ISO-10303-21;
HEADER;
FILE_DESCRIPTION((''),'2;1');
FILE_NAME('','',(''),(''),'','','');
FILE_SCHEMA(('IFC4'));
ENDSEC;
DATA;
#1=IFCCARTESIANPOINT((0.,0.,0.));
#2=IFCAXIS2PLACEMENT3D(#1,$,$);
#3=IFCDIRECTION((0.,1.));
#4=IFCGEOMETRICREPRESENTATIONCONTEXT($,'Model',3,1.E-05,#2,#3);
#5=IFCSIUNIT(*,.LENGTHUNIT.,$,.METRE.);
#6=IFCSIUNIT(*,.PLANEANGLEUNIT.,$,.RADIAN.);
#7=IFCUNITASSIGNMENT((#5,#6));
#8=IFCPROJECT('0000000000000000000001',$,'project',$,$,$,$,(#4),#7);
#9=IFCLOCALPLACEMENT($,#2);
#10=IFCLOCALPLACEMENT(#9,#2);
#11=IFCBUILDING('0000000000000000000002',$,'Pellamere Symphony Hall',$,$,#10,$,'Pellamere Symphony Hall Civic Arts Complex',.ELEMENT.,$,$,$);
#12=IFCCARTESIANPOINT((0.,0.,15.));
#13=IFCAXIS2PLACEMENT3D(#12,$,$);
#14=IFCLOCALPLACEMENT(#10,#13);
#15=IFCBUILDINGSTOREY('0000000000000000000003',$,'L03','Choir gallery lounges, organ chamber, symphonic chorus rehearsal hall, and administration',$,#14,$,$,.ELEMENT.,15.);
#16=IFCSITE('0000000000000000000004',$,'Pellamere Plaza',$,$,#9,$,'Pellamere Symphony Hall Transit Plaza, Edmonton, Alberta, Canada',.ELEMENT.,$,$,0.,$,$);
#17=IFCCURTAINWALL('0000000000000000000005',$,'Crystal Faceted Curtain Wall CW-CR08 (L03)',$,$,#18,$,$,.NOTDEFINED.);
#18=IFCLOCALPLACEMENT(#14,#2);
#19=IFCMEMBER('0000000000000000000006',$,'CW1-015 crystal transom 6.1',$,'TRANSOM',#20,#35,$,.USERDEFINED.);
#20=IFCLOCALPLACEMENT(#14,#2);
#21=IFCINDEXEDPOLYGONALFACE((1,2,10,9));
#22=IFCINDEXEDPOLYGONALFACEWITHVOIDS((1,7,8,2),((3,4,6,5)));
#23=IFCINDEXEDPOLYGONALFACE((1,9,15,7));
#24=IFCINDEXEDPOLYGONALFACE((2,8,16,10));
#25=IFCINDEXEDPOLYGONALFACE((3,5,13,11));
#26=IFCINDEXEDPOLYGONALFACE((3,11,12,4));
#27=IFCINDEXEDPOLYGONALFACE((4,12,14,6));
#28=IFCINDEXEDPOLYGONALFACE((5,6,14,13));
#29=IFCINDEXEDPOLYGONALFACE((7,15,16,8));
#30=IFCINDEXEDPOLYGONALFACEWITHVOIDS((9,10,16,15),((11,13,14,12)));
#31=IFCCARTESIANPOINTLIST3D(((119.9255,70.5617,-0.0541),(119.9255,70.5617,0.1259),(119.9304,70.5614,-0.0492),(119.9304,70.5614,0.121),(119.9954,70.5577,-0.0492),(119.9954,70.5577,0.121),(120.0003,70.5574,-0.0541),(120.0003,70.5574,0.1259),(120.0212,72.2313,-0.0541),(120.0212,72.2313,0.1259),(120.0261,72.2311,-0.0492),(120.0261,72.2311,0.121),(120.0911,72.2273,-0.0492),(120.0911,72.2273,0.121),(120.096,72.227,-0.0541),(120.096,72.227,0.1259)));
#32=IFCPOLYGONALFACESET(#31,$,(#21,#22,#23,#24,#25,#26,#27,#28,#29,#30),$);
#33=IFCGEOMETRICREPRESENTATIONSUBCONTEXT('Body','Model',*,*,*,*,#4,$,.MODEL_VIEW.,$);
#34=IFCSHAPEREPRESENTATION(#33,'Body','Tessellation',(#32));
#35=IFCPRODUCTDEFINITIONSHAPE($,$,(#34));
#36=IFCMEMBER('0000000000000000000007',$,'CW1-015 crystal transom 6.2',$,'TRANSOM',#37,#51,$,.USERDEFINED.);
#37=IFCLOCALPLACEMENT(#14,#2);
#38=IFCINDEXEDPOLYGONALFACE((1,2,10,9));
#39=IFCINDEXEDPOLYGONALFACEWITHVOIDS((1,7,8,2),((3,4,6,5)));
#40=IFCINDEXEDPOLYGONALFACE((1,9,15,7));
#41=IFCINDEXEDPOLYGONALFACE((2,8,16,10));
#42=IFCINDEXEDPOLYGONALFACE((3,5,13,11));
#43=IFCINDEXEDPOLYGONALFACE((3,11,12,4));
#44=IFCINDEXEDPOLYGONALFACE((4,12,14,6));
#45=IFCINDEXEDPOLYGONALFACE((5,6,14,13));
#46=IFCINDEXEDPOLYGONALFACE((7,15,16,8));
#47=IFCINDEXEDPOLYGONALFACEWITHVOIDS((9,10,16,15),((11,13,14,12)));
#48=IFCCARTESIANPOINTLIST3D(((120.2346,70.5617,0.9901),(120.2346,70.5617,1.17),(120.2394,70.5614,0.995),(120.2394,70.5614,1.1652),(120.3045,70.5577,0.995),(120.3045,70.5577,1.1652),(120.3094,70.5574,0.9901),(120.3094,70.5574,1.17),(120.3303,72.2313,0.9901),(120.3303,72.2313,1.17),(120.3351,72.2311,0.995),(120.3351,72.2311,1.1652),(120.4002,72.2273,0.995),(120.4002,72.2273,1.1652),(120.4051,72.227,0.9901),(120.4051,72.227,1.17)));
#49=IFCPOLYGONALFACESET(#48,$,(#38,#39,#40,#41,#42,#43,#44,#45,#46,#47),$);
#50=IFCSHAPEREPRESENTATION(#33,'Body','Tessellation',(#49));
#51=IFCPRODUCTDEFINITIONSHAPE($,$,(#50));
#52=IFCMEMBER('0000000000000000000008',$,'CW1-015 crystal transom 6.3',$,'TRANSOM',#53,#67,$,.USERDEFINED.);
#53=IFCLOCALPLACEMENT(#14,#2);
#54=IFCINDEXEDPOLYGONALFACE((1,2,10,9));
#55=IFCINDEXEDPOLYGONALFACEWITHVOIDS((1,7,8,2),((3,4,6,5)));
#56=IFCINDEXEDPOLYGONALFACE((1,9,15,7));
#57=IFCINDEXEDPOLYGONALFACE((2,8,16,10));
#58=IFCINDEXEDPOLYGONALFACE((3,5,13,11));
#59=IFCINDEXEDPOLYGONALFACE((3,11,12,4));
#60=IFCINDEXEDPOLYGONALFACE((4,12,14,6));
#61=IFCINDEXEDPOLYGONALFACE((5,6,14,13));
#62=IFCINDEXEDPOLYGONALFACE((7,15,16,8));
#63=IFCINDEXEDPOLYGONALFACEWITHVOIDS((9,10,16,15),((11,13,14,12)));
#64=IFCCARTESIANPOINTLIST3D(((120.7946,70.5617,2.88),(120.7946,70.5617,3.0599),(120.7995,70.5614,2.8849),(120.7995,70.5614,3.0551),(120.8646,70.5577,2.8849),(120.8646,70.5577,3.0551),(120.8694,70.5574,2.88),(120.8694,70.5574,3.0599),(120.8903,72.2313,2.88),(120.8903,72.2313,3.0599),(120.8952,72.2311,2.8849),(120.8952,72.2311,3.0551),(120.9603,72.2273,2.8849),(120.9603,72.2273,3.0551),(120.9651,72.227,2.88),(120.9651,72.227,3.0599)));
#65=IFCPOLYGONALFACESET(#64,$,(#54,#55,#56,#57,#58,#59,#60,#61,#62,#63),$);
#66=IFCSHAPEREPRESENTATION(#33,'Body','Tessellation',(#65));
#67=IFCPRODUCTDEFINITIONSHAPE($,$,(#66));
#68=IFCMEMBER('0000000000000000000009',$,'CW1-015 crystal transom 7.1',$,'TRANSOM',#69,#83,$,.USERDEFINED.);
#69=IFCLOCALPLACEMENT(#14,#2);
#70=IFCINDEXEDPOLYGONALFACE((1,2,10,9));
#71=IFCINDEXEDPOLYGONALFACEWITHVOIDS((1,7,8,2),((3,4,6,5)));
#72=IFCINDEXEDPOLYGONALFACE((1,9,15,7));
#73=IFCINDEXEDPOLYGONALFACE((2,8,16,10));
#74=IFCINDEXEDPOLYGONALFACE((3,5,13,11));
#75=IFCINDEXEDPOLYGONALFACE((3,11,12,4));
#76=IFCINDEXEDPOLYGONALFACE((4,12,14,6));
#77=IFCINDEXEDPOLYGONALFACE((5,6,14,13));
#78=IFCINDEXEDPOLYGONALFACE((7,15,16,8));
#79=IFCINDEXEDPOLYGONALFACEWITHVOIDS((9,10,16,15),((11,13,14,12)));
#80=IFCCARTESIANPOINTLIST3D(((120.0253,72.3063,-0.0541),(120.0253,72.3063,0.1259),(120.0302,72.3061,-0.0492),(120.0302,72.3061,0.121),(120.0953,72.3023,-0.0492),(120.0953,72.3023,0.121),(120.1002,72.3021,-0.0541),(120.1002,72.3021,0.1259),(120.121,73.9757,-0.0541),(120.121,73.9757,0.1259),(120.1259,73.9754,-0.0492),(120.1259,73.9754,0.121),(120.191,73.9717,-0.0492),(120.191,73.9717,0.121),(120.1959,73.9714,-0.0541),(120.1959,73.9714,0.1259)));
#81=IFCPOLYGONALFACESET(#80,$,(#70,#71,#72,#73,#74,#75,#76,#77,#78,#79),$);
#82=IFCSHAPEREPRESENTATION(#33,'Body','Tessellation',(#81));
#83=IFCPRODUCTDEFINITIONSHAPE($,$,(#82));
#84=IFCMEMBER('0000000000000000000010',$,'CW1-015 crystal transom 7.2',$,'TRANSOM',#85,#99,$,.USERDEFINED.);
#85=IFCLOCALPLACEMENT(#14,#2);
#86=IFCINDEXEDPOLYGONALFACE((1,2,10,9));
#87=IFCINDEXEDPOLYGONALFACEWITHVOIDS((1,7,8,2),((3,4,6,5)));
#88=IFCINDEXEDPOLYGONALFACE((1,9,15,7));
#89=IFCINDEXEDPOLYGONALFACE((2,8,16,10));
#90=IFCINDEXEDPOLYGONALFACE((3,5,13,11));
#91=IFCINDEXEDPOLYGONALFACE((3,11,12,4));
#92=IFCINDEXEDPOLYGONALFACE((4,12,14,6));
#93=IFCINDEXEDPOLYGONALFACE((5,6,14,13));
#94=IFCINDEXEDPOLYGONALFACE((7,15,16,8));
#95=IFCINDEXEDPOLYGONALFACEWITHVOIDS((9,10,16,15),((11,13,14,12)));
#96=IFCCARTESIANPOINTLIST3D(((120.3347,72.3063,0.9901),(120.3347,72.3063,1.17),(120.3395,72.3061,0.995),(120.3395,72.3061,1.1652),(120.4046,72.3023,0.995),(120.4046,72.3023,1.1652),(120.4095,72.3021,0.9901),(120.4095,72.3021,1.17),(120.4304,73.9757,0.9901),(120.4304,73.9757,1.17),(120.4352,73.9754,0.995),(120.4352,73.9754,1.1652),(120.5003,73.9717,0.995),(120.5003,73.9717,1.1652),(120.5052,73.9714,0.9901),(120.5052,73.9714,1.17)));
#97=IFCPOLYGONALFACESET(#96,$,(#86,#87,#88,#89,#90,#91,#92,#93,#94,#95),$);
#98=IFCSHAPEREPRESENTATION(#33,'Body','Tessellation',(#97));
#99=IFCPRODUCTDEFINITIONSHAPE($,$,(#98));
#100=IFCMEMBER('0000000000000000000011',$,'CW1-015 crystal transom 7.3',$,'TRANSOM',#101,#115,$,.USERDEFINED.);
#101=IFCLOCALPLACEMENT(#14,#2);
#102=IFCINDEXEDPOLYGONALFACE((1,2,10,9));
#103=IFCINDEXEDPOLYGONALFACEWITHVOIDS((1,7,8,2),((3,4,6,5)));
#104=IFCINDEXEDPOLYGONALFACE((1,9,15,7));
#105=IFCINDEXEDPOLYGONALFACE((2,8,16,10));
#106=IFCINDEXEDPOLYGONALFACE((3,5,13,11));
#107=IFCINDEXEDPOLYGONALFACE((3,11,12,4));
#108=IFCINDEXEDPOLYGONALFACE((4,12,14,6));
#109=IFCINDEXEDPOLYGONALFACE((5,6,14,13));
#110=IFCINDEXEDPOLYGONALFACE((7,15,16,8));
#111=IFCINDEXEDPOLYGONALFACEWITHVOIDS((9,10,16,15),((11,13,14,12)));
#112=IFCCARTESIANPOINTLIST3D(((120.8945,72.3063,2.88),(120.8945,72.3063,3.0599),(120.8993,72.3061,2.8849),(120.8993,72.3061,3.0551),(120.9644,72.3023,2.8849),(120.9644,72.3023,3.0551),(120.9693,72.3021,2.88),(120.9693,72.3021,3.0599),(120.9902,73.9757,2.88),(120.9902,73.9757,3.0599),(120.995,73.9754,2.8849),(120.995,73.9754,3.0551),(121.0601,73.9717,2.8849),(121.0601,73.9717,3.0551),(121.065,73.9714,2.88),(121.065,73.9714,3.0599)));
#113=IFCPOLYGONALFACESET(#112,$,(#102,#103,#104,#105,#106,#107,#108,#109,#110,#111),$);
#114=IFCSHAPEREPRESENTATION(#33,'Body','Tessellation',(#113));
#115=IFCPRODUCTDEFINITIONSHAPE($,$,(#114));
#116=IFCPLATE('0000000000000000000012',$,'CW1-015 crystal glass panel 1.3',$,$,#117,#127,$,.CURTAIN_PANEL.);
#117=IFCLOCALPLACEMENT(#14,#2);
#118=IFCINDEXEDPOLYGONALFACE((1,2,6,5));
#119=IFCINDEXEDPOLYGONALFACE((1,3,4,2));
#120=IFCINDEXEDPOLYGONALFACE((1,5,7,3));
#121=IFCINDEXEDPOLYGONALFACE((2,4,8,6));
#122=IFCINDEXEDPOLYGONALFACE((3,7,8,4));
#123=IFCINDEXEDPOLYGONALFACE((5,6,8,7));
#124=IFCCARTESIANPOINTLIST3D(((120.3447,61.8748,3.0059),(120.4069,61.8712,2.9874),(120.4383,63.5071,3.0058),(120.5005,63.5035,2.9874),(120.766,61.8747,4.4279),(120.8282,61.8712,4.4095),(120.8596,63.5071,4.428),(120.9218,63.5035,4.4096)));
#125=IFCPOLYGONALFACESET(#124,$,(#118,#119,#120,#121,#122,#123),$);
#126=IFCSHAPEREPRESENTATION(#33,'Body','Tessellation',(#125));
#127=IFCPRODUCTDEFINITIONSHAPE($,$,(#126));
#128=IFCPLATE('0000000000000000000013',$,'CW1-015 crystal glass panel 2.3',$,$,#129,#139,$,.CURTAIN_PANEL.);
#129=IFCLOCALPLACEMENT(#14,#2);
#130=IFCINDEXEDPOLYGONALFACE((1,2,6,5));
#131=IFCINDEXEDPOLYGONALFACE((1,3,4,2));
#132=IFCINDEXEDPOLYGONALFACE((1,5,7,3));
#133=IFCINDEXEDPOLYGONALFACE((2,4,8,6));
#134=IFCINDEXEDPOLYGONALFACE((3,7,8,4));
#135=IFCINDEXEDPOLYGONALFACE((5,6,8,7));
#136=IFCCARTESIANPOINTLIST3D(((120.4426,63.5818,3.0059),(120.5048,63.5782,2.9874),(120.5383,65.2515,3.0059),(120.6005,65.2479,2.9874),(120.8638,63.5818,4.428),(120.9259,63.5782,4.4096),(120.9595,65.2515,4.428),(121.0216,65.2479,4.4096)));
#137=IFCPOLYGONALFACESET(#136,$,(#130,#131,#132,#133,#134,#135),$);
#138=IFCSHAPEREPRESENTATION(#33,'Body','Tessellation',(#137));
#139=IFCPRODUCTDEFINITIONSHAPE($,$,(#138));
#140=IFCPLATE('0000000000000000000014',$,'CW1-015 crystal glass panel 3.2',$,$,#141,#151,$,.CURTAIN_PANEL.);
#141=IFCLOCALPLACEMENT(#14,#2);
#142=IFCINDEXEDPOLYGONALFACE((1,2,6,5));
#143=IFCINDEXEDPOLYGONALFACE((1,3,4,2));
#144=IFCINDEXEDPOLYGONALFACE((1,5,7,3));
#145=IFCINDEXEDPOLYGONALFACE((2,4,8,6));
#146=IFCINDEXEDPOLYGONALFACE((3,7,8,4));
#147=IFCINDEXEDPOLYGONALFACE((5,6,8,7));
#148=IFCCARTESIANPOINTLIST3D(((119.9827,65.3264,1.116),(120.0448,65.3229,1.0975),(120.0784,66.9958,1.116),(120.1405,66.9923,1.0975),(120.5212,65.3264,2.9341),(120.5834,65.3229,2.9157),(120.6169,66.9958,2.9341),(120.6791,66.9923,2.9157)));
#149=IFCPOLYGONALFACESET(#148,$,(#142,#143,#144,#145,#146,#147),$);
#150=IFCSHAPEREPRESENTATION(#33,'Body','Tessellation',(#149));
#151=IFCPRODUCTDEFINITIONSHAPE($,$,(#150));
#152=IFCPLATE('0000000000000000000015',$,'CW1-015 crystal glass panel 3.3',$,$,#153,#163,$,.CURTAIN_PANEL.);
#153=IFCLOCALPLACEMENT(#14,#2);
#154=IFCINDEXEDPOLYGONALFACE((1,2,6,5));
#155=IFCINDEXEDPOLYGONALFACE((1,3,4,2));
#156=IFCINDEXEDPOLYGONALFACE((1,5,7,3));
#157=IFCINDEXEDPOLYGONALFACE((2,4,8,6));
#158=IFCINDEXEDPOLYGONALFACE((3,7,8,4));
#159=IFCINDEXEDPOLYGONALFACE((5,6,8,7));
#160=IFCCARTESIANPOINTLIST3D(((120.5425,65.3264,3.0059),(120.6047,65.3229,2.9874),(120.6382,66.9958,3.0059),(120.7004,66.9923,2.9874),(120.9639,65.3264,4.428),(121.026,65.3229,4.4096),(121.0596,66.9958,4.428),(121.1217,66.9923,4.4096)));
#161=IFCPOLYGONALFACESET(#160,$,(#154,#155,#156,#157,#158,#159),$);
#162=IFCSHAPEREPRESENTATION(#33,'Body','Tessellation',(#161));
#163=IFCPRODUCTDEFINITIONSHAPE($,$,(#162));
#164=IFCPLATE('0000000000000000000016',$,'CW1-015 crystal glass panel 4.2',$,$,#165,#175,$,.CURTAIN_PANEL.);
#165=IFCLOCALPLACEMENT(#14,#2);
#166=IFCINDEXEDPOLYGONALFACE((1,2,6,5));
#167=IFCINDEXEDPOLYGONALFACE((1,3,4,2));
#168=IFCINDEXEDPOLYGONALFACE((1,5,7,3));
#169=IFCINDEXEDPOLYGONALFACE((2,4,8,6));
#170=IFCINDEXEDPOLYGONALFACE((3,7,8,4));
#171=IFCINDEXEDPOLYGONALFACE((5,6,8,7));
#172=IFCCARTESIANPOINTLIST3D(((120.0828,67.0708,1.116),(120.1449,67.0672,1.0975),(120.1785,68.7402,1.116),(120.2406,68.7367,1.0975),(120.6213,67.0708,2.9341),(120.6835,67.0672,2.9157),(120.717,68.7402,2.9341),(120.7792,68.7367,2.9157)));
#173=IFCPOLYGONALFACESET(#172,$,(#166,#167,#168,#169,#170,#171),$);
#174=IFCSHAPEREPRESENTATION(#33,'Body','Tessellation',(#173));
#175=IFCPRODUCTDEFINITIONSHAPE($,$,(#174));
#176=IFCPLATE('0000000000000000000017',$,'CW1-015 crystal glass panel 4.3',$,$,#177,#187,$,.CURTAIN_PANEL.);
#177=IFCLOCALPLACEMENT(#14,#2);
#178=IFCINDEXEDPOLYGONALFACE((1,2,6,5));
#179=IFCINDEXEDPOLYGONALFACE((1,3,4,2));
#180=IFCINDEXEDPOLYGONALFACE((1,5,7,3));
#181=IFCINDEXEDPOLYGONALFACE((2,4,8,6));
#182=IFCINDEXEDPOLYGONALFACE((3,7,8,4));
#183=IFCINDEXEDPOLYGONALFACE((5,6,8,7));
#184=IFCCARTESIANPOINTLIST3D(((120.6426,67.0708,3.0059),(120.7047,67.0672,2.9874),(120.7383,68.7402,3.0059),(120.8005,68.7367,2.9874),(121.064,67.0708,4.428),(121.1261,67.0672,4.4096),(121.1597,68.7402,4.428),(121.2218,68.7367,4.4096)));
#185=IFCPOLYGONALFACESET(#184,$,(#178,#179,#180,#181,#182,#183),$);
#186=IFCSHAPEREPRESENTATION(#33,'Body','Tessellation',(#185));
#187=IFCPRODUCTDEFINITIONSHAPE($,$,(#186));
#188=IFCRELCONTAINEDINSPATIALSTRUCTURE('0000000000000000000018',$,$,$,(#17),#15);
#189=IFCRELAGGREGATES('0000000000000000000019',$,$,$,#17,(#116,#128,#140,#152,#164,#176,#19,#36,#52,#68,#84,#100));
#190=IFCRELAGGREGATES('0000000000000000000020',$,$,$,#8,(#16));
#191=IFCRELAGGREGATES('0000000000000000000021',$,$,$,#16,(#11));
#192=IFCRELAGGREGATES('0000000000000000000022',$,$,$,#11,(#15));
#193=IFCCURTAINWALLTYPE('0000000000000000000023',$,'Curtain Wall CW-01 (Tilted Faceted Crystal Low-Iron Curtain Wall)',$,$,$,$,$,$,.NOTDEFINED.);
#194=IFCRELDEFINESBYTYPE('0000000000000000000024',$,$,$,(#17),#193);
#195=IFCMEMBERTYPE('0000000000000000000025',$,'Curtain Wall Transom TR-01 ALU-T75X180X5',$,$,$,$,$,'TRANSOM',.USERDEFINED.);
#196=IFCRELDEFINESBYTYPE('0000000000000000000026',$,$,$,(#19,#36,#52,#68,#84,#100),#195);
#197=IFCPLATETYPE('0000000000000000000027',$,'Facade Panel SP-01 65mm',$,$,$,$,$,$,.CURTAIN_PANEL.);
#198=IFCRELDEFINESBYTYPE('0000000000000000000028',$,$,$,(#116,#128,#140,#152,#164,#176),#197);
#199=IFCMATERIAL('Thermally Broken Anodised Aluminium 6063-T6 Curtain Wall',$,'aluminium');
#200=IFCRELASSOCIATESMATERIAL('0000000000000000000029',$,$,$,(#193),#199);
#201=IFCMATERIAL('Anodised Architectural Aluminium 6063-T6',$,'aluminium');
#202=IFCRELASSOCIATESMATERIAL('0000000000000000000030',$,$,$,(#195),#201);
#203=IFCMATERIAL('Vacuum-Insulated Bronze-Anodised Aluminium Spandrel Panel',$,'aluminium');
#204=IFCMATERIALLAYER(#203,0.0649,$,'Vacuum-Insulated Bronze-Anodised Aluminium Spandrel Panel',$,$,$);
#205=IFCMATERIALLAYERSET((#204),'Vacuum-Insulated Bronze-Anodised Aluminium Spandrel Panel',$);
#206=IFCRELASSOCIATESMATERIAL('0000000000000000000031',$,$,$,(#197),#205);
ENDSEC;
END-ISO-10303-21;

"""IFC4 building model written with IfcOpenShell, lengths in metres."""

from ifc_helpers import new_model, si_unit, direction, frame, origin, origin_2d, place, context, subcontext, project, spatial, polyline, hollow_rectangle, outline, extrude, material, layer, layer_set, material_profile, profile_set, type_object, element, aggregate, save


model = new_model("IFC4")

# Units and contexts
model_context = context("Model", 3, precision=1e-05, world=origin(), true_north=direction((0.0, 1.0)))
body_context = subcontext(model_context, "Body", "Model", "MODEL_VIEW")
ifc_project = project(units=[si_unit("LENGTHUNIT", "METRE"), si_unit("PLANEANGLEUNIT", "RADIAN")], contexts=[model_context])

# Site, building, storey
site_placement = place(None, origin())
site = spatial("IfcSite", under=ifc_project, at=site_placement, Name="Pellamere Plaza", LongName="Pellamere Symphony Hall Transit Plaza, Edmonton, Alberta, Canada", CompositionType="ELEMENT", RefElevation=0.0)
building_placement = place(site_placement, origin())
building = spatial("IfcBuilding", under=site, at=building_placement, Name="Pellamere Symphony Hall", LongName="Pellamere Symphony Hall Civic Arts Complex", CompositionType="ELEMENT")
storey_placement = place(building_placement, frame((0.0, 0.0, 15.0)))
storey = spatial("IfcBuildingStorey", under=building, at=storey_placement, Name="L03", Description="Choir gallery lounges, organ chamber, symphonic chorus rehearsal hall, and administration", CompositionType="ELEMENT", Elevation=15.0)

# Curtain wall, members, plates
ifc_material_1 = material(Name="Thermally Broken Anodised Aluminium 6063-T6 Curtain Wall", Category="aluminium")
curtain_wall_type = type_object("IfcCurtainWallType", Name="Curtain Wall CW-01 (Tilted Faceted Crystal Low-Iron Curtain Wall)", PredefinedType="NOTDEFINED", material=ifc_material_1)
curtain_wall_placement = place(storey_placement, origin())
curtain_wall = element("IfcCurtainWall", 1, at=curtain_wall_placement, inside=storey, type_object=curtain_wall_type, Name="Crystal Faceted Curtain Wall CW-CR08 (L03)", PredefinedType="NOTDEFINED")
ifc_material_2 = material(Name="Anodised Architectural Aluminium 6063-T6", Category="aluminium")
ifc_material_profile_1 = material_profile(ifc_material_2, hollow_rectangle(XDim=0.075, YDim=0.1799, WallThickness=0.0049, at=origin_2d()), Name="ALU-T75X180X5")
ifc_profile_set_1 = profile_set([ifc_material_profile_1], Name="Anodised Architectural Aluminium 6063-T6")
member_type_1 = type_object("IfcMemberType", Name="Curtain Wall Transom TR-01 ALU-T75X180X5", ElementType="TRANSOM", PredefinedType="USERDEFINED", material=ifc_profile_set_1)
member_1_placement = place(storey_placement, frame((119.9629, 70.5596, 0.0359), z_axis=(0.057224, 0.998361, 0.0), x_axis=(-0.998361, 0.057224, 0.0)))
member_1 = element("IfcMember", 2, at=member_1_placement, type_object=member_type_1, Name="CW1-015 crystal transom 6.1", ObjectType="TRANSOM", PredefinedType="USERDEFINED", context=body_context, shape_type="SweptSolid", body=[
    extrude(hollow_rectangle(XDim=0.075, YDim=0.1799, WallThickness=0.0049, at=origin_2d()), origin(), (0.0, 0.0, 1.0), 1.6724),
])
member_2_placement = place(storey_placement, frame((120.272, 70.5596, 1.0801), z_axis=(0.057224, 0.998361, 0.0), x_axis=(-0.998361, 0.057224, 0.0)))
member_2 = element("IfcMember", 3, at=member_2_placement, type_object=member_type_1, Name="CW1-015 crystal transom 6.2", ObjectType="TRANSOM", PredefinedType="USERDEFINED", context=body_context, shape_type="SweptSolid", body=[
    extrude(hollow_rectangle(XDim=0.075, YDim=0.1799, WallThickness=0.0049, at=origin_2d()), origin(), (0.0, 0.0, 1.0), 1.6724),
])
member_3_placement = place(storey_placement, frame((120.832, 70.5596, 2.97), z_axis=(0.057224, 0.998361, 0.0), x_axis=(-0.998361, 0.057224, 0.0)))
member_3 = element("IfcMember", 4, at=member_3_placement, type_object=member_type_1, Name="CW1-015 crystal transom 6.3", ObjectType="TRANSOM", PredefinedType="USERDEFINED", context=body_context, shape_type="SweptSolid", body=[
    extrude(hollow_rectangle(XDim=0.075, YDim=0.1799, WallThickness=0.0049, at=origin_2d()), origin(), (0.0, 0.0, 1.0), 1.6724),
])
member_4_placement = place(storey_placement, frame((120.0627, 72.3042, 0.0359), z_axis=(0.057233, 0.998361, 0.0), x_axis=(-0.998361, 0.057233, 0.0)))
member_4 = element("IfcMember", 5, at=member_4_placement, type_object=member_type_1, Name="CW1-015 crystal transom 7.1", ObjectType="TRANSOM", PredefinedType="USERDEFINED", context=body_context, shape_type="SweptSolid", body=[
    extrude(hollow_rectangle(XDim=0.075, YDim=0.1799, WallThickness=0.0049, at=origin_2d()), origin(), (0.0, 0.0, 1.0), 1.6721),
])
member_5_placement = place(storey_placement, frame((120.3721, 72.3042, 1.0801), z_axis=(0.057233, 0.998361, 0.0), x_axis=(-0.998361, 0.057233, 0.0)))
member_5 = element("IfcMember", 6, at=member_5_placement, type_object=member_type_1, Name="CW1-015 crystal transom 7.2", ObjectType="TRANSOM", PredefinedType="USERDEFINED", context=body_context, shape_type="SweptSolid", body=[
    extrude(hollow_rectangle(XDim=0.075, YDim=0.1799, WallThickness=0.0049, at=origin_2d()), origin(), (0.0, 0.0, 1.0), 1.6721),
])
member_6_placement = place(storey_placement, frame((120.9319, 72.3042, 2.97), z_axis=(0.057233, 0.998361, 0.0), x_axis=(-0.998361, 0.057233, 0.0)))
member_6 = element("IfcMember", 7, at=member_6_placement, type_object=member_type_1, Name="CW1-015 crystal transom 7.3", ObjectType="TRANSOM", PredefinedType="USERDEFINED", context=body_context, shape_type="SweptSolid", body=[
    extrude(hollow_rectangle(XDim=0.075, YDim=0.1799, WallThickness=0.0049, at=origin_2d()), origin(), (0.0, 0.0, 1.0), 1.6721),
])
ifc_material_3 = material(Name="Vacuum-Insulated Bronze-Anodised Aluminium Spandrel Panel", Category="aluminium")
ifc_layer = layer(ifc_material_3, 0.0649, Name="Vacuum-Insulated Bronze-Anodised Aluminium Spandrel Panel")
ifc_layer_set = layer_set([ifc_layer], Name="Vacuum-Insulated Bronze-Anodised Aluminium Spandrel Panel")
plate_type = type_object("IfcPlateType", Name="Facade Panel SP-01 65mm", PredefinedType="CURTAIN_PANEL", material=ifc_layer_set)
plate_1_placement = place(storey_placement, frame((120.3447, 61.8748, 3.0059), z_axis=(-0.95737, 0.054913, 0.283595), x_axis=(0.057259, 0.998359, -0.00002)))
plate_1 = element("IfcPlate", 8, at=plate_1_placement, type_object=plate_type, Name="CW1-015 crystal glass panel 1.3", PredefinedType="CURTAIN_PANEL", context=body_context, shape_type="SweptSolid", body=[
    extrude(outline(polyline([(0.0, 0.0), (1.635, 0.0), (1.6591, -1.483), (0.0241, -1.483), (0.0, 0.0)])), origin(), (0.0, 0.0, -1.0), 0.0649),
])
plate_2_placement = place(storey_placement, frame((120.4426, 63.5818, 3.0059), z_axis=(-0.957395, 0.054876, 0.28352), x_axis=(0.057224, 0.998361, 0.0)))
plate_2 = element("IfcPlate", 9, at=plate_2_placement, type_object=plate_type, Name="CW1-015 crystal glass panel 2.3", PredefinedType="CURTAIN_PANEL", context=body_context, shape_type="SweptSolid", body=[
    extrude(outline(polyline([(0.0, 0.0), (1.6724, 0.0), (1.6965, -1.483), (0.0241, -1.483), (0.0, 0.0)])), origin(), (0.0, 0.0, -1.0), 0.0649),
])
plate_3_placement = place(storey_placement, frame((119.9827, 65.3264, 1.116), z_axis=(-0.957371, 0.054883, 0.283599), x_axis=(0.057233, 0.998361, 0.0)))
plate_3 = element("IfcPlate", 10, at=plate_3_placement, type_object=plate_type, Name="CW1-015 crystal glass panel 3.2", PredefinedType="CURTAIN_PANEL", context=body_context, shape_type="SweptSolid", body=[
    extrude(outline(polyline([(0.0, 0.0), (1.6722, 0.0), (1.703, -1.896), (0.0308, -1.896), (0.0, 0.0)])), origin(), (0.0, 0.0, -1.0), 0.0649),
])
plate_4_placement = place(storey_placement, frame((120.5425, 65.3264, 3.0059), z_axis=(-0.95735, 0.054882, 0.283671), x_axis=(0.057233, 0.998361, 0.0)))
plate_4 = element("IfcPlate", 11, at=plate_4_placement, type_object=plate_type, Name="CW1-015 crystal glass panel 3.3", PredefinedType="CURTAIN_PANEL", context=body_context, shape_type="SweptSolid", body=[
    extrude(outline(polyline([(0.0, 0.0), (1.6722, 0.0), (1.6963, -1.483), (0.0241, -1.483), (0.0, 0.0)])), origin(), (0.0, 0.0, -1.0), 0.0649),
])
plate_5_placement = place(storey_placement, frame((120.0828, 67.0708, 1.116), z_axis=(-0.957371, 0.054883, 0.283599), x_axis=(0.057233, 0.998361, 0.0)))
plate_5 = element("IfcPlate", 12, at=plate_5_placement, type_object=plate_type, Name="CW1-015 crystal glass panel 4.2", PredefinedType="CURTAIN_PANEL", context=body_context, shape_type="SweptSolid", body=[
    extrude(outline(polyline([(0.0, 0.0), (1.6722, 0.0), (1.703, -1.896), (0.0308, -1.896), (0.0, 0.0)])), origin(), (0.0, 0.0, -1.0), 0.0649),
])
plate_6_placement = place(storey_placement, frame((120.6426, 67.0708, 3.0059), z_axis=(-0.95735, 0.054882, 0.283671), x_axis=(0.057233, 0.998361, 0.0)))
plate_6 = element("IfcPlate", 13, at=plate_6_placement, type_object=plate_type, Name="CW1-015 crystal glass panel 4.3", PredefinedType="CURTAIN_PANEL", context=body_context, shape_type="SweptSolid", body=[
    extrude(outline(polyline([(0.0, 0.0), (1.6722, 0.0), (1.6963, -1.483), (0.0241, -1.483), (0.0, 0.0)])), origin(), (0.0, 0.0, -1.0), 0.0649),
])
aggregate(curtain_wall, [plate_1, plate_2, plate_3, plate_4, plate_5, plate_6, member_1, member_2, member_3, member_4, member_5, member_6])

save(model, "model.ifc")
